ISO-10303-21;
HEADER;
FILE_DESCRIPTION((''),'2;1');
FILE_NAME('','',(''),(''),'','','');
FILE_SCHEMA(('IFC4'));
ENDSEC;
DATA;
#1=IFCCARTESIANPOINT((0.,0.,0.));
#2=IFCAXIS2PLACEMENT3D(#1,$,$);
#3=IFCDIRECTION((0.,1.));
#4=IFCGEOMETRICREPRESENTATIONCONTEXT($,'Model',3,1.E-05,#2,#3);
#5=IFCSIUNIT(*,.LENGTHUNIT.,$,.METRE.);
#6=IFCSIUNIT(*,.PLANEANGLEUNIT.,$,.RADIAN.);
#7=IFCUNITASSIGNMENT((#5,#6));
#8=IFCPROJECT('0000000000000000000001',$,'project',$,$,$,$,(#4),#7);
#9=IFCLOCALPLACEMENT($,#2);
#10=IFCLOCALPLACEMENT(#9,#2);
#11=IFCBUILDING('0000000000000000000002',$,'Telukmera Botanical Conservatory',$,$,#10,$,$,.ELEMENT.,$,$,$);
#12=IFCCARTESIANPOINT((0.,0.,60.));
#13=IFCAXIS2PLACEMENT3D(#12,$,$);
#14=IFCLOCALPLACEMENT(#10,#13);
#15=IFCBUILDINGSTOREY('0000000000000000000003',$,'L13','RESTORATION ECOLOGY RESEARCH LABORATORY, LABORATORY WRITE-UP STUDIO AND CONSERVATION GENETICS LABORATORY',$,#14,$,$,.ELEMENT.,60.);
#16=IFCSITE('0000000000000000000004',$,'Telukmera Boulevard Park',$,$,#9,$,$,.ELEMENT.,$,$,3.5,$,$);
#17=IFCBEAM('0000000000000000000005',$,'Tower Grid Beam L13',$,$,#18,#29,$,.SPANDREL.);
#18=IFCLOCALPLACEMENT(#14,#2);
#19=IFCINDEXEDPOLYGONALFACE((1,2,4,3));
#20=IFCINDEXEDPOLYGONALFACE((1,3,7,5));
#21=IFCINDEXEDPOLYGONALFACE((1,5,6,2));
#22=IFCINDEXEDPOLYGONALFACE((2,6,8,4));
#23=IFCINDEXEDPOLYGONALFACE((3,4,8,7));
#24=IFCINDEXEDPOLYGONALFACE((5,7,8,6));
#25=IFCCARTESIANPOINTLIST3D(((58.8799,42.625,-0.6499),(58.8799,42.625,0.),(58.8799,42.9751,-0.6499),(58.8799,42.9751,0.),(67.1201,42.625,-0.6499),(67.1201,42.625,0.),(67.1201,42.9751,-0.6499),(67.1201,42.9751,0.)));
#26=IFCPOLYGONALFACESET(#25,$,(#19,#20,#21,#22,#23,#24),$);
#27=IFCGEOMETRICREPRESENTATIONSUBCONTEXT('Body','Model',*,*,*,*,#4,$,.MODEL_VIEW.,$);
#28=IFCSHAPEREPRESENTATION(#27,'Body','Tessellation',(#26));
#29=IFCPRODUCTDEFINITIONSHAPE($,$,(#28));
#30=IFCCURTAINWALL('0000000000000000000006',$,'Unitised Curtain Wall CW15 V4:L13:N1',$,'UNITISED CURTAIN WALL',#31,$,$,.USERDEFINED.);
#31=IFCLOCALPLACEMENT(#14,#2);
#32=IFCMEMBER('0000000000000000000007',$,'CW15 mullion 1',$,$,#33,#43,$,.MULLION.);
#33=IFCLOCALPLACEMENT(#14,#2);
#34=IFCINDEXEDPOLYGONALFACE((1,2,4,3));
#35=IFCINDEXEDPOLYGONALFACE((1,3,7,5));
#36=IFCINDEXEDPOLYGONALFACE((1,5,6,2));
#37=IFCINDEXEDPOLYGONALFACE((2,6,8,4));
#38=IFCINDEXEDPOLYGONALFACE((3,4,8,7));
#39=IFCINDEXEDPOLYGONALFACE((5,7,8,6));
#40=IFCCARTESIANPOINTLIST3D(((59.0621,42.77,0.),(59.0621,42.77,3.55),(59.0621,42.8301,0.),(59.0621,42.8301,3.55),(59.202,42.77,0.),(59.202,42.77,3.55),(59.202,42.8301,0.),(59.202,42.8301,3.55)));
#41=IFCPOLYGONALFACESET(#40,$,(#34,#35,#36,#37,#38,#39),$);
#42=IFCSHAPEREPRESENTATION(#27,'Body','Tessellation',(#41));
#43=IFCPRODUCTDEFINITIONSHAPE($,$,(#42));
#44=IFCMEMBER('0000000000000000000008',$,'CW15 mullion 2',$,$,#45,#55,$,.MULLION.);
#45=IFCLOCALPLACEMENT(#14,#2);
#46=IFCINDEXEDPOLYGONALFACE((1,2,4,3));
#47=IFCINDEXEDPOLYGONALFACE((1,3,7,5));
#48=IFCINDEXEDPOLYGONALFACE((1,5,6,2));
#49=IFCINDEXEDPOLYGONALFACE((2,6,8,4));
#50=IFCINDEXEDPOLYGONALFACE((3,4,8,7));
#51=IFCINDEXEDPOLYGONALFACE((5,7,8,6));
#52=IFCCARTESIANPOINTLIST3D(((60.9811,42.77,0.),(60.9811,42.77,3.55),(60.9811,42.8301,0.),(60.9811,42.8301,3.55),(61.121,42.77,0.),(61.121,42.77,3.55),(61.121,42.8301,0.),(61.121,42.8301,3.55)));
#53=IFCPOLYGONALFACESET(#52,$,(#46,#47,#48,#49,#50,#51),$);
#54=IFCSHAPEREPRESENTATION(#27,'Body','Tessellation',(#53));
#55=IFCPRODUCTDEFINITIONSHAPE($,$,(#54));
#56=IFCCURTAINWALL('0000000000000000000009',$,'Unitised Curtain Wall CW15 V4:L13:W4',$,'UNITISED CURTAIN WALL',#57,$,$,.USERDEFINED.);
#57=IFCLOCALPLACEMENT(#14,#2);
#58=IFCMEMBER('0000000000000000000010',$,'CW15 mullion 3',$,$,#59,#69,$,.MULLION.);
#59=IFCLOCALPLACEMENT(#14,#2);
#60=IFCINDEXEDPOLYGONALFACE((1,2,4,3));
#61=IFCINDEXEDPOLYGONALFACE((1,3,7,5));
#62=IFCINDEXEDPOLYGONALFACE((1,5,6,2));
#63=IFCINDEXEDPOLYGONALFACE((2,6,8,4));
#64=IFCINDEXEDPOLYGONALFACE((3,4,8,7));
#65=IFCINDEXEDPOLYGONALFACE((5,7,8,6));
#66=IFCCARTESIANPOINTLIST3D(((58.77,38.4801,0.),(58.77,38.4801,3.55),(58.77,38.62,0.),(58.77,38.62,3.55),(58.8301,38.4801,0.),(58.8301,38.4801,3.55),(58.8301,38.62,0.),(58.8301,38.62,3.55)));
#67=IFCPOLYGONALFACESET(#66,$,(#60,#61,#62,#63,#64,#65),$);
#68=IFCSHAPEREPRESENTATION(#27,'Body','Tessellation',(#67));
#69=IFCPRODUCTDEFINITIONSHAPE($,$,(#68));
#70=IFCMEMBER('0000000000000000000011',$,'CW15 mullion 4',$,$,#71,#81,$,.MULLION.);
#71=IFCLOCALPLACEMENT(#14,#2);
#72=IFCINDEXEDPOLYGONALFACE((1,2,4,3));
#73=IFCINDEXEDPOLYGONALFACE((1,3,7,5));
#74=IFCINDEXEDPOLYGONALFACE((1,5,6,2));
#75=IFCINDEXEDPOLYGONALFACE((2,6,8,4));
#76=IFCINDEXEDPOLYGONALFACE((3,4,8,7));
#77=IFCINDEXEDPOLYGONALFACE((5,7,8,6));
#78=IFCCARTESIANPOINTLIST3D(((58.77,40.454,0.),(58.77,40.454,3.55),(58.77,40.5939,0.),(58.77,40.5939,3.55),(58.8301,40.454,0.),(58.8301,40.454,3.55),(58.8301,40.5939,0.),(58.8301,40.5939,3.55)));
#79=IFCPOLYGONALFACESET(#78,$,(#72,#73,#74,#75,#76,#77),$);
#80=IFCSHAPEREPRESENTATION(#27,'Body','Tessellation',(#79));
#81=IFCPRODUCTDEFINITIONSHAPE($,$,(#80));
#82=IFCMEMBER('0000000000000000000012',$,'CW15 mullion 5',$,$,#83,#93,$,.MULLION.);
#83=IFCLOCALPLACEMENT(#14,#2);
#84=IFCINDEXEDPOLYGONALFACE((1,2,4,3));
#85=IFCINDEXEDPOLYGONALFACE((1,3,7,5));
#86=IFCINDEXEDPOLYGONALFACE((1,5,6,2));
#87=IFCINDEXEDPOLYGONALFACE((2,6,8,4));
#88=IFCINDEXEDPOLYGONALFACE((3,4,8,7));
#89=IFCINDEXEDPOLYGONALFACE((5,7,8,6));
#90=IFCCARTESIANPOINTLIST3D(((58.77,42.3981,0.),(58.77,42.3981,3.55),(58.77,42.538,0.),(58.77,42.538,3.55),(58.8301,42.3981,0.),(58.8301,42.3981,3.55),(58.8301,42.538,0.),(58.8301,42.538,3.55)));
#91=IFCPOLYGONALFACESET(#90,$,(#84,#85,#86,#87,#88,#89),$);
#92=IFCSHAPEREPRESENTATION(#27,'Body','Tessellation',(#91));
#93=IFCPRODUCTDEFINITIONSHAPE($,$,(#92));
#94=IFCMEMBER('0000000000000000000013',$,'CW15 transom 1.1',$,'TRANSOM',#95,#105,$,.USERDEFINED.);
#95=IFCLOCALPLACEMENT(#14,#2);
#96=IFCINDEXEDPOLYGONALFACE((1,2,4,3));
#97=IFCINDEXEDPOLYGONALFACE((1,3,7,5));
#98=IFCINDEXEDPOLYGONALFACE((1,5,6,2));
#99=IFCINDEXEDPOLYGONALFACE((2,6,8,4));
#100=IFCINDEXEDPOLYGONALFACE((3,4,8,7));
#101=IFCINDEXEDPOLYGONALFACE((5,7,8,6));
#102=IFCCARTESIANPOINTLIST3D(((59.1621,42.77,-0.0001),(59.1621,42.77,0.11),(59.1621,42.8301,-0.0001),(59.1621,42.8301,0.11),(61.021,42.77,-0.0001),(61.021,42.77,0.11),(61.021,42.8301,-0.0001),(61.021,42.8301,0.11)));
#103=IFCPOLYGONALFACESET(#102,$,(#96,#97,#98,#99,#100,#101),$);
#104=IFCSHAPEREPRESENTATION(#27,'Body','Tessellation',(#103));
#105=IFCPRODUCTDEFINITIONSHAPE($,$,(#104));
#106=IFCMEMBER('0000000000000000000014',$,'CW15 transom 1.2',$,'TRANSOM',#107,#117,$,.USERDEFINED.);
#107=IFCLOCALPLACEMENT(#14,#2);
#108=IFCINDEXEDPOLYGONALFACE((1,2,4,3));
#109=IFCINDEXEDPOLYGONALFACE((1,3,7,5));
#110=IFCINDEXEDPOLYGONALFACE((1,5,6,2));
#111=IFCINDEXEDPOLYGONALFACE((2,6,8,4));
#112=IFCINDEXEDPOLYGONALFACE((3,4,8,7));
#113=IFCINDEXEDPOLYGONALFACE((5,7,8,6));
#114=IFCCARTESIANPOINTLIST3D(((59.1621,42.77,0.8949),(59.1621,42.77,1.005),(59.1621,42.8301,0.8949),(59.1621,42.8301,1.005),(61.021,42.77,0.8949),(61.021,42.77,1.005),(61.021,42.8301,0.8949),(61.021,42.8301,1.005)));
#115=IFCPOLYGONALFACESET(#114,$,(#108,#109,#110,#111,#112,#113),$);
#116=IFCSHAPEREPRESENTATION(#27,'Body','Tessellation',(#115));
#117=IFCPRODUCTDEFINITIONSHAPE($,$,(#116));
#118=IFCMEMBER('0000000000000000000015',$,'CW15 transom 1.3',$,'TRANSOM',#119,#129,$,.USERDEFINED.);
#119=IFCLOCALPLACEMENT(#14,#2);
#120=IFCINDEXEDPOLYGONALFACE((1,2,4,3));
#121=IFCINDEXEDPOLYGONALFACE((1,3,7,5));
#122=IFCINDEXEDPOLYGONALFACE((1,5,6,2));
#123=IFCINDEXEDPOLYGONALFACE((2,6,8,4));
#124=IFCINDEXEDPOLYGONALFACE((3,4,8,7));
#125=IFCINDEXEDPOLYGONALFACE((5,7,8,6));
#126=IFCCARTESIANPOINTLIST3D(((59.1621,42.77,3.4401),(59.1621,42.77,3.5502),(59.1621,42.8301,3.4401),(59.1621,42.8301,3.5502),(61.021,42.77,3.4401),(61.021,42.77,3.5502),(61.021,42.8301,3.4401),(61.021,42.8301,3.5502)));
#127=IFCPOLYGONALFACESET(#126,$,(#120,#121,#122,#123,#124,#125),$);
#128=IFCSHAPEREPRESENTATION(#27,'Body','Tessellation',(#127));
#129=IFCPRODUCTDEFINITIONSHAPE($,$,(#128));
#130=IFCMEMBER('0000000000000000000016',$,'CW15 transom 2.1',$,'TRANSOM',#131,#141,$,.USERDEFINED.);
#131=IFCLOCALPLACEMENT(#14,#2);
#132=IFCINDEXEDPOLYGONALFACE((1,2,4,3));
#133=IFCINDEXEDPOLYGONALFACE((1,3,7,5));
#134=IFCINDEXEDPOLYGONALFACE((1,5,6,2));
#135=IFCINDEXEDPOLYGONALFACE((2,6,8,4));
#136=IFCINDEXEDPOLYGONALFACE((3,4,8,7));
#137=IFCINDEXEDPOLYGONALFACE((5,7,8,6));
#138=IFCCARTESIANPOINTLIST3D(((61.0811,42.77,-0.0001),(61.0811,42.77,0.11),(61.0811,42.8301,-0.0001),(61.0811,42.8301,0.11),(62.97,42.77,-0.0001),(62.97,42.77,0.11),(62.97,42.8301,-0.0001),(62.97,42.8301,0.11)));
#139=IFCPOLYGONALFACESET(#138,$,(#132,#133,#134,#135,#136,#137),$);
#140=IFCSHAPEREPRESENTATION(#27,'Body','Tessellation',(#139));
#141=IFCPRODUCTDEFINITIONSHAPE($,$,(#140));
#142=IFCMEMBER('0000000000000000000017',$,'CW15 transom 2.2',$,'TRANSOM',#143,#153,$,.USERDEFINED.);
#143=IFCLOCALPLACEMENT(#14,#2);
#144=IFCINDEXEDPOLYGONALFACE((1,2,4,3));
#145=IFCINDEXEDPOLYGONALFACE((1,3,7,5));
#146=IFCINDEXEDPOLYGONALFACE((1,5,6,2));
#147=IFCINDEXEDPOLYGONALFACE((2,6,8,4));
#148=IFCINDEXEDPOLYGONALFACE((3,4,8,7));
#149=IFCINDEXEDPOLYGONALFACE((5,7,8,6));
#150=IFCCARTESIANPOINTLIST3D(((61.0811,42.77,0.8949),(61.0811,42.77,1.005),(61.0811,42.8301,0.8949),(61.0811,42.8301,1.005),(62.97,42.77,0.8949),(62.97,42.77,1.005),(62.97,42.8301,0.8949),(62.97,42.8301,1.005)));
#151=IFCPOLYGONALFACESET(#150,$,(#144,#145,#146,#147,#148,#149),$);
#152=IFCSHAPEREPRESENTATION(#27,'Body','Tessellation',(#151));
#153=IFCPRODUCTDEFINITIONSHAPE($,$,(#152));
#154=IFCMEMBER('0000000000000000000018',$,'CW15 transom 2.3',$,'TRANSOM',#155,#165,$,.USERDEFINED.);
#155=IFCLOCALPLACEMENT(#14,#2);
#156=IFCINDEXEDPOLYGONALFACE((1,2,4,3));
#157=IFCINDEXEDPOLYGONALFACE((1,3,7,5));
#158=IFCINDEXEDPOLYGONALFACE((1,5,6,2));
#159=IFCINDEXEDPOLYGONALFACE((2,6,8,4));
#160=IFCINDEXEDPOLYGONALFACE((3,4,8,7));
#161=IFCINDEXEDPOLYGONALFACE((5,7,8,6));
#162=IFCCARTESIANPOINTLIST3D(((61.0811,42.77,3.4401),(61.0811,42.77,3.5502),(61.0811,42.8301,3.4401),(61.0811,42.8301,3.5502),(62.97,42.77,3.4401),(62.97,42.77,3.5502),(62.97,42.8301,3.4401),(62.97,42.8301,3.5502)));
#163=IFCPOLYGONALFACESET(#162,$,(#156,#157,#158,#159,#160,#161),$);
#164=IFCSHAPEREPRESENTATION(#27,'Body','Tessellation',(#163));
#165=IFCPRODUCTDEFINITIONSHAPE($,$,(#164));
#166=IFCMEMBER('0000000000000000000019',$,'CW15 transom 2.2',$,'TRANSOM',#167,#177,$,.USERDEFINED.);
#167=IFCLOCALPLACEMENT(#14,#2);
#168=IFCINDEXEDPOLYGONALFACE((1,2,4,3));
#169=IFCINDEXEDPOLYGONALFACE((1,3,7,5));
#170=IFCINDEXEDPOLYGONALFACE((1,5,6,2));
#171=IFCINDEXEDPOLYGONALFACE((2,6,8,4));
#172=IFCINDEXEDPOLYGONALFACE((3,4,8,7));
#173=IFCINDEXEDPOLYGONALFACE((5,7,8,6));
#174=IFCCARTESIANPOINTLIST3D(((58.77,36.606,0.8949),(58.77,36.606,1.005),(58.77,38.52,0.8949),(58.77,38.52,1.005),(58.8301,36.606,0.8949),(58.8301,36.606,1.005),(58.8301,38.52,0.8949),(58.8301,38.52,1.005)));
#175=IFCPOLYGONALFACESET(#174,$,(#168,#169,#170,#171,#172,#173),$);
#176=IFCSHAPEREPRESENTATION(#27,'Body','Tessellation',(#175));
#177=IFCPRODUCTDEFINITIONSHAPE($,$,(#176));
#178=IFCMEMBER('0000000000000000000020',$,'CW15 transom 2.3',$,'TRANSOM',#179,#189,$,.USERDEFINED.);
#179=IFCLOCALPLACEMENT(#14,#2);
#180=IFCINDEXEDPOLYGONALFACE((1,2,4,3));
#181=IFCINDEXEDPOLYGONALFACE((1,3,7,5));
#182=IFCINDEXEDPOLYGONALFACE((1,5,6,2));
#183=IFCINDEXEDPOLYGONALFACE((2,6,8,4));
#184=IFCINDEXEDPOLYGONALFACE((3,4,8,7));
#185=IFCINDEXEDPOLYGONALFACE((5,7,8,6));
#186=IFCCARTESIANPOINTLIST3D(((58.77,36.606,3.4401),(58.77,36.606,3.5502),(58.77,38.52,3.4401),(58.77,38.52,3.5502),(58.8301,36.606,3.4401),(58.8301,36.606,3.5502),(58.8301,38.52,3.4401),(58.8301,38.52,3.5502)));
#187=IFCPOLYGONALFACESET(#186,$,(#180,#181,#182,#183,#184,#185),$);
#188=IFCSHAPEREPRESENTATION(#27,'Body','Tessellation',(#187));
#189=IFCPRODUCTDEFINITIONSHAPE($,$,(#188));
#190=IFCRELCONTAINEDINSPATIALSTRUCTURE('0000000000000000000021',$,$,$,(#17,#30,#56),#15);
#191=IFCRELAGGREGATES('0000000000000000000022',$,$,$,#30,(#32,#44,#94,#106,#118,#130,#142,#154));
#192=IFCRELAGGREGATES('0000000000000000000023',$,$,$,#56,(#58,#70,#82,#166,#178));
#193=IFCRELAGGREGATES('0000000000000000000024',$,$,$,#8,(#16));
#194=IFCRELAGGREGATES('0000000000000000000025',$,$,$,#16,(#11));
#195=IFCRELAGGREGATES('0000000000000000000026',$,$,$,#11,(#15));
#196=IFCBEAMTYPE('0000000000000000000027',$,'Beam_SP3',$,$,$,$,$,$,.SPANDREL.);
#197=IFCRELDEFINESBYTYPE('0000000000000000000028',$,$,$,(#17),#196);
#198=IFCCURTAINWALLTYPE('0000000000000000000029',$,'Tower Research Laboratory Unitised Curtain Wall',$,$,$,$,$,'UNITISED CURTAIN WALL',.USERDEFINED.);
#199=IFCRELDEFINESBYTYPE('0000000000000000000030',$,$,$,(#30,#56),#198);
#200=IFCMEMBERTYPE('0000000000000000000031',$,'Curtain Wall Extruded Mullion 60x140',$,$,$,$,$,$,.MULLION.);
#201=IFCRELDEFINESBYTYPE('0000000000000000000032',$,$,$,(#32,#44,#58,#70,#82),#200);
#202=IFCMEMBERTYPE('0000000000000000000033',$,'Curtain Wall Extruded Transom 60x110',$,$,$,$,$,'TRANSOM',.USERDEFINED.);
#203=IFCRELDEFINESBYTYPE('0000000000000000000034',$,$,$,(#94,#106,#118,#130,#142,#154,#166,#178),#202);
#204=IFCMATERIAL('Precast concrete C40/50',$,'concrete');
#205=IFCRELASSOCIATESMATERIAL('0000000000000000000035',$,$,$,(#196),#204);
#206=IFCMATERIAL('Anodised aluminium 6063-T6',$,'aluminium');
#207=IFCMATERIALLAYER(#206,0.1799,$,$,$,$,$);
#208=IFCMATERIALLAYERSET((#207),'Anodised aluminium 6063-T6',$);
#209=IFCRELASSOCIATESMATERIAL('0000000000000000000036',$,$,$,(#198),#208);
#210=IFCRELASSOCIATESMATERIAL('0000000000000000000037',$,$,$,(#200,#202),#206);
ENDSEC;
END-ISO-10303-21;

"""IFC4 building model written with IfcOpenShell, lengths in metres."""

from ifc_helpers import new_model, si_unit, direction, frame, origin, origin_2d, place, context, subcontext, project, spatial, rectangle, extrude, material, layer, layer_set, material_profile, profile_set, type_object, element, aggregate, save


model = new_model("IFC4")

# Units and contexts
model_context = context("Model", 3, precision=1e-05, world=origin(), true_north=direction((0.0, 1.0)))
body_context = subcontext(model_context, "Body", "Model", "MODEL_VIEW")
ifc_project = project(units=[si_unit("LENGTHUNIT", "METRE"), si_unit("PLANEANGLEUNIT", "RADIAN")], contexts=[model_context])

# Site, building, storey
site_placement = place(None, origin())
site = spatial("IfcSite", under=ifc_project, at=site_placement, Name="Telukmera Boulevard Park", CompositionType="ELEMENT", RefElevation=3.5)
building_placement = place(site_placement, origin())
building = spatial("IfcBuilding", under=site, at=building_placement, Name="Telukmera Botanical Conservatory", CompositionType="ELEMENT")
storey_placement = place(building_placement, frame((0.0, 0.0, 60.0)))
storey = spatial("IfcBuildingStorey", under=building, at=storey_placement, Name="L13", Description="RESTORATION ECOLOGY RESEARCH LABORATORY, LABORATORY WRITE-UP STUDIO AND CONSERVATION GENETICS LABORATORY", CompositionType="ELEMENT", Elevation=60.0)

# Beam
ifc_material_1 = material(Name="Precast concrete C40/50", Category="concrete")
ifc_material_profile_1 = material_profile(ifc_material_1, rectangle(XDim=0.3501, YDim=0.6499, at=origin_2d()), Name="PC 350x650")
ifc_profile_set_1 = profile_set([ifc_material_profile_1], Name="Precast concrete C40/50")
beam_type = type_object("IfcBeamType", Name="Beam_SP3", PredefinedType="SPANDREL", material=ifc_profile_set_1)
beam_placement = place(storey_placement, frame((58.8799, 42.8, -0.325), z_axis=(1.0, 0.0, 0.0), x_axis=(0.0, 1.0, 0.0)))
element("IfcBeam", 1, at=beam_placement, inside=storey, type_object=beam_type, Name="Tower Grid Beam L13", PredefinedType="SPANDREL", context=body_context, shape_type="SweptSolid", body=[
    extrude(rectangle(XDim=0.3501, YDim=0.6499, at=origin_2d()), origin(), (0.0, 0.0, 1.0), 8.2402),
])

# Curtain walls, members
ifc_material_2 = material(Name="Anodised aluminium 6063-T6", Category="aluminium")
ifc_layer_1 = layer(ifc_material_2, 0.1799)
ifc_layer_set_1 = layer_set([ifc_layer_1], Name="Anodised aluminium 6063-T6")
curtain_wall_type = type_object("IfcCurtainWallType", Name="Tower Research Laboratory Unitised Curtain Wall", ElementType="UNITISED CURTAIN WALL", PredefinedType="USERDEFINED", material=ifc_layer_set_1)
curtain_wall_1_placement = place(storey_placement, origin())
curtain_wall_1 = element("IfcCurtainWall", 2, at=curtain_wall_1_placement, inside=storey, type_object=curtain_wall_type, Name="Unitised Curtain Wall CW15 V4:L13:N1", ObjectType="UNITISED CURTAIN WALL", PredefinedType="USERDEFINED")
ifc_material_profile_2 = material_profile(ifc_material_2, rectangle(XDim=0.0601, YDim=0.1399, at=origin_2d()), Name="ALU MULL 60x140")
ifc_profile_set_2 = profile_set([ifc_material_profile_2], Name="Anodised aluminium 6063-T6")
member_type_1 = type_object("IfcMemberType", Name="Curtain Wall Extruded Mullion 60x140", PredefinedType="MULLION", material=ifc_profile_set_2)
member_1_placement = place(storey_placement, frame((59.1321, 42.8, 0.0), z_axis=(0.0, 0.0, 1.0), x_axis=(0.0, 1.0, 0.0)))
member_1 = element("IfcMember", 3, at=member_1_placement, type_object=member_type_1, Name="CW15 mullion 1", PredefinedType="MULLION", context=body_context, shape_type="SweptSolid", body=[
    extrude(rectangle(XDim=0.0601, YDim=0.1399, at=origin_2d()), origin(), (0.0, 0.0, 1.0), 3.55),
])
member_2_placement = place(storey_placement, frame((61.051, 42.8, 0.0), z_axis=(0.0, 0.0, 1.0), x_axis=(0.0, 1.0, 0.0)))
member_2 = element("IfcMember", 4, at=member_2_placement, type_object=member_type_1, Name="CW15 mullion 2", PredefinedType="MULLION", context=body_context, shape_type="SweptSolid", body=[
    extrude(rectangle(XDim=0.0601, YDim=0.1399, at=origin_2d()), origin(), (0.0, 0.0, 1.0), 3.55),
])
curtain_wall_2_placement = place(storey_placement, origin())
curtain_wall_2 = element("IfcCurtainWall", 5, at=curtain_wall_2_placement, inside=storey, type_object=curtain_wall_type, Name="Unitised Curtain Wall CW15 V4:L13:W4", ObjectType="UNITISED CURTAIN WALL", PredefinedType="USERDEFINED")
member_3_placement = place(storey_placement, frame((58.8, 38.55, 0.0), z_axis=(0.0, 0.0, 1.0), x_axis=(-1.0, 0.0, 0.0)))
member_3 = element("IfcMember", 6, at=member_3_placement, type_object=member_type_1, Name="CW15 mullion 3", PredefinedType="MULLION", context=body_context, shape_type="SweptSolid", body=[
    extrude(rectangle(XDim=0.0601, YDim=0.1399, at=origin_2d()), origin(), (0.0, 0.0, 1.0), 3.55),
])
member_4_placement = place(storey_placement, frame((58.8, 40.5239, 0.0), z_axis=(0.0, 0.0, 1.0), x_axis=(-1.0, 0.0, 0.0)))
member_4 = element("IfcMember", 7, at=member_4_placement, type_object=member_type_1, Name="CW15 mullion 4", PredefinedType="MULLION", context=body_context, shape_type="SweptSolid", body=[
    extrude(rectangle(XDim=0.0601, YDim=0.1399, at=origin_2d()), origin(), (0.0, 0.0, 1.0), 3.55),
])
member_5_placement = place(storey_placement, frame((58.8, 42.468, 0.0), z_axis=(0.0, 0.0, 1.0), x_axis=(-1.0, 0.0, 0.0)))
member_5 = element("IfcMember", 8, at=member_5_placement, type_object=member_type_1, Name="CW15 mullion 5", PredefinedType="MULLION", context=body_context, shape_type="SweptSolid", body=[
    extrude(rectangle(XDim=0.0601, YDim=0.1399, at=origin_2d()), origin(), (0.0, 0.0, 1.0), 3.55),
])

# Members
ifc_material_profile_3 = material_profile(ifc_material_2, rectangle(XDim=0.0601, YDim=0.1101, at=origin_2d()), Name="ALU TRAN 60x110")
ifc_profile_set_3 = profile_set([ifc_material_profile_3], Name="Anodised aluminium 6063-T6")
member_type_2 = type_object("IfcMemberType", Name="Curtain Wall Extruded Transom 60x110", ElementType="TRANSOM", PredefinedType="USERDEFINED", material=ifc_profile_set_3)
member_6_placement = place(storey_placement, frame((59.1621, 42.8, 0.0549), z_axis=(1.0, 0.0, 0.0), x_axis=(0.0, 1.0, 0.0)))
member_6 = element("IfcMember", 9, at=member_6_placement, type_object=member_type_2, Name="CW15 transom 1.1", ObjectType="TRANSOM", PredefinedType="USERDEFINED", context=body_context, shape_type="SweptSolid", body=[
    extrude(rectangle(XDim=0.0601, YDim=0.1101, at=origin_2d()), origin(), (0.0, 0.0, 1.0), 1.8589),
])
member_7_placement = place(storey_placement, frame((59.1621, 42.8, 0.95), z_axis=(1.0, 0.0, 0.0), x_axis=(0.0, 1.0, 0.0)))
member_7 = element("IfcMember", 10, at=member_7_placement, type_object=member_type_2, Name="CW15 transom 1.2", ObjectType="TRANSOM", PredefinedType="USERDEFINED", context=body_context, shape_type="SweptSolid", body=[
    extrude(rectangle(XDim=0.0601, YDim=0.1101, at=origin_2d()), origin(), (0.0, 0.0, 1.0), 1.8589),
])
member_8_placement = place(storey_placement, frame((59.1621, 42.8, 3.4951), z_axis=(1.0, 0.0, 0.0), x_axis=(0.0, 1.0, 0.0)))
member_8 = element("IfcMember", 11, at=member_8_placement, type_object=member_type_2, Name="CW15 transom 1.3", ObjectType="TRANSOM", PredefinedType="USERDEFINED", context=body_context, shape_type="SweptSolid", body=[
    extrude(rectangle(XDim=0.0601, YDim=0.1101, at=origin_2d()), origin(), (0.0, 0.0, 1.0), 1.8589),
])
member_9_placement = place(storey_placement, frame((61.0811, 42.8, 0.0549), z_axis=(1.0, 0.0, 0.0), x_axis=(0.0, 1.0, 0.0)))
member_9 = element("IfcMember", 12, at=member_9_placement, type_object=member_type_2, Name="CW15 transom 2.1", ObjectType="TRANSOM", PredefinedType="USERDEFINED", context=body_context, shape_type="SweptSolid", body=[
    extrude(rectangle(XDim=0.0601, YDim=0.1101, at=origin_2d()), origin(), (0.0, 0.0, 1.0), 1.8889),
])
member_10_placement = place(storey_placement, frame((61.0811, 42.8, 0.95), z_axis=(1.0, 0.0, 0.0), x_axis=(0.0, 1.0, 0.0)))
member_10 = element("IfcMember", 13, at=member_10_placement, type_object=member_type_2, Name="CW15 transom 2.2", ObjectType="TRANSOM", PredefinedType="USERDEFINED", context=body_context, shape_type="SweptSolid", body=[
    extrude(rectangle(XDim=0.0601, YDim=0.1101, at=origin_2d()), origin(), (0.0, 0.0, 1.0), 1.8889),
])
member_11_placement = place(storey_placement, frame((61.0811, 42.8, 3.4951), z_axis=(1.0, 0.0, 0.0), x_axis=(0.0, 1.0, 0.0)))
member_11 = element("IfcMember", 14, at=member_11_placement, type_object=member_type_2, Name="CW15 transom 2.3", ObjectType="TRANSOM", PredefinedType="USERDEFINED", context=body_context, shape_type="SweptSolid", body=[
    extrude(rectangle(XDim=0.0601, YDim=0.1101, at=origin_2d()), origin(), (0.0, 0.0, 1.0), 1.8889),
])
member_12_placement = place(storey_placement, frame((58.8, 36.606, 0.95), z_axis=(0.0, 1.0, 0.0), x_axis=(-1.0, 0.0, 0.0)))
member_12 = element("IfcMember", 15, at=member_12_placement, type_object=member_type_2, Name="CW15 transom 2.2", ObjectType="TRANSOM", PredefinedType="USERDEFINED", context=body_context, shape_type="SweptSolid", body=[
    extrude(rectangle(XDim=0.0601, YDim=0.1101, at=origin_2d()), origin(), (0.0, 0.0, 1.0), 1.9141),
])
member_13_placement = place(storey_placement, frame((58.8, 36.606, 3.4951), z_axis=(0.0, 1.0, 0.0), x_axis=(-1.0, 0.0, 0.0)))
member_13 = element("IfcMember", 16, at=member_13_placement, type_object=member_type_2, Name="CW15 transom 2.3", ObjectType="TRANSOM", PredefinedType="USERDEFINED", context=body_context, shape_type="SweptSolid", body=[
    extrude(rectangle(XDim=0.0601, YDim=0.1101, at=origin_2d()), origin(), (0.0, 0.0, 1.0), 1.9141),
])

aggregate(curtain_wall_1, [member_1, member_2, member_6, member_7, member_8, member_9, member_10, member_11])
aggregate(curtain_wall_2, [member_3, member_4, member_5, member_12, member_13])

save(model, "model.ifc")
